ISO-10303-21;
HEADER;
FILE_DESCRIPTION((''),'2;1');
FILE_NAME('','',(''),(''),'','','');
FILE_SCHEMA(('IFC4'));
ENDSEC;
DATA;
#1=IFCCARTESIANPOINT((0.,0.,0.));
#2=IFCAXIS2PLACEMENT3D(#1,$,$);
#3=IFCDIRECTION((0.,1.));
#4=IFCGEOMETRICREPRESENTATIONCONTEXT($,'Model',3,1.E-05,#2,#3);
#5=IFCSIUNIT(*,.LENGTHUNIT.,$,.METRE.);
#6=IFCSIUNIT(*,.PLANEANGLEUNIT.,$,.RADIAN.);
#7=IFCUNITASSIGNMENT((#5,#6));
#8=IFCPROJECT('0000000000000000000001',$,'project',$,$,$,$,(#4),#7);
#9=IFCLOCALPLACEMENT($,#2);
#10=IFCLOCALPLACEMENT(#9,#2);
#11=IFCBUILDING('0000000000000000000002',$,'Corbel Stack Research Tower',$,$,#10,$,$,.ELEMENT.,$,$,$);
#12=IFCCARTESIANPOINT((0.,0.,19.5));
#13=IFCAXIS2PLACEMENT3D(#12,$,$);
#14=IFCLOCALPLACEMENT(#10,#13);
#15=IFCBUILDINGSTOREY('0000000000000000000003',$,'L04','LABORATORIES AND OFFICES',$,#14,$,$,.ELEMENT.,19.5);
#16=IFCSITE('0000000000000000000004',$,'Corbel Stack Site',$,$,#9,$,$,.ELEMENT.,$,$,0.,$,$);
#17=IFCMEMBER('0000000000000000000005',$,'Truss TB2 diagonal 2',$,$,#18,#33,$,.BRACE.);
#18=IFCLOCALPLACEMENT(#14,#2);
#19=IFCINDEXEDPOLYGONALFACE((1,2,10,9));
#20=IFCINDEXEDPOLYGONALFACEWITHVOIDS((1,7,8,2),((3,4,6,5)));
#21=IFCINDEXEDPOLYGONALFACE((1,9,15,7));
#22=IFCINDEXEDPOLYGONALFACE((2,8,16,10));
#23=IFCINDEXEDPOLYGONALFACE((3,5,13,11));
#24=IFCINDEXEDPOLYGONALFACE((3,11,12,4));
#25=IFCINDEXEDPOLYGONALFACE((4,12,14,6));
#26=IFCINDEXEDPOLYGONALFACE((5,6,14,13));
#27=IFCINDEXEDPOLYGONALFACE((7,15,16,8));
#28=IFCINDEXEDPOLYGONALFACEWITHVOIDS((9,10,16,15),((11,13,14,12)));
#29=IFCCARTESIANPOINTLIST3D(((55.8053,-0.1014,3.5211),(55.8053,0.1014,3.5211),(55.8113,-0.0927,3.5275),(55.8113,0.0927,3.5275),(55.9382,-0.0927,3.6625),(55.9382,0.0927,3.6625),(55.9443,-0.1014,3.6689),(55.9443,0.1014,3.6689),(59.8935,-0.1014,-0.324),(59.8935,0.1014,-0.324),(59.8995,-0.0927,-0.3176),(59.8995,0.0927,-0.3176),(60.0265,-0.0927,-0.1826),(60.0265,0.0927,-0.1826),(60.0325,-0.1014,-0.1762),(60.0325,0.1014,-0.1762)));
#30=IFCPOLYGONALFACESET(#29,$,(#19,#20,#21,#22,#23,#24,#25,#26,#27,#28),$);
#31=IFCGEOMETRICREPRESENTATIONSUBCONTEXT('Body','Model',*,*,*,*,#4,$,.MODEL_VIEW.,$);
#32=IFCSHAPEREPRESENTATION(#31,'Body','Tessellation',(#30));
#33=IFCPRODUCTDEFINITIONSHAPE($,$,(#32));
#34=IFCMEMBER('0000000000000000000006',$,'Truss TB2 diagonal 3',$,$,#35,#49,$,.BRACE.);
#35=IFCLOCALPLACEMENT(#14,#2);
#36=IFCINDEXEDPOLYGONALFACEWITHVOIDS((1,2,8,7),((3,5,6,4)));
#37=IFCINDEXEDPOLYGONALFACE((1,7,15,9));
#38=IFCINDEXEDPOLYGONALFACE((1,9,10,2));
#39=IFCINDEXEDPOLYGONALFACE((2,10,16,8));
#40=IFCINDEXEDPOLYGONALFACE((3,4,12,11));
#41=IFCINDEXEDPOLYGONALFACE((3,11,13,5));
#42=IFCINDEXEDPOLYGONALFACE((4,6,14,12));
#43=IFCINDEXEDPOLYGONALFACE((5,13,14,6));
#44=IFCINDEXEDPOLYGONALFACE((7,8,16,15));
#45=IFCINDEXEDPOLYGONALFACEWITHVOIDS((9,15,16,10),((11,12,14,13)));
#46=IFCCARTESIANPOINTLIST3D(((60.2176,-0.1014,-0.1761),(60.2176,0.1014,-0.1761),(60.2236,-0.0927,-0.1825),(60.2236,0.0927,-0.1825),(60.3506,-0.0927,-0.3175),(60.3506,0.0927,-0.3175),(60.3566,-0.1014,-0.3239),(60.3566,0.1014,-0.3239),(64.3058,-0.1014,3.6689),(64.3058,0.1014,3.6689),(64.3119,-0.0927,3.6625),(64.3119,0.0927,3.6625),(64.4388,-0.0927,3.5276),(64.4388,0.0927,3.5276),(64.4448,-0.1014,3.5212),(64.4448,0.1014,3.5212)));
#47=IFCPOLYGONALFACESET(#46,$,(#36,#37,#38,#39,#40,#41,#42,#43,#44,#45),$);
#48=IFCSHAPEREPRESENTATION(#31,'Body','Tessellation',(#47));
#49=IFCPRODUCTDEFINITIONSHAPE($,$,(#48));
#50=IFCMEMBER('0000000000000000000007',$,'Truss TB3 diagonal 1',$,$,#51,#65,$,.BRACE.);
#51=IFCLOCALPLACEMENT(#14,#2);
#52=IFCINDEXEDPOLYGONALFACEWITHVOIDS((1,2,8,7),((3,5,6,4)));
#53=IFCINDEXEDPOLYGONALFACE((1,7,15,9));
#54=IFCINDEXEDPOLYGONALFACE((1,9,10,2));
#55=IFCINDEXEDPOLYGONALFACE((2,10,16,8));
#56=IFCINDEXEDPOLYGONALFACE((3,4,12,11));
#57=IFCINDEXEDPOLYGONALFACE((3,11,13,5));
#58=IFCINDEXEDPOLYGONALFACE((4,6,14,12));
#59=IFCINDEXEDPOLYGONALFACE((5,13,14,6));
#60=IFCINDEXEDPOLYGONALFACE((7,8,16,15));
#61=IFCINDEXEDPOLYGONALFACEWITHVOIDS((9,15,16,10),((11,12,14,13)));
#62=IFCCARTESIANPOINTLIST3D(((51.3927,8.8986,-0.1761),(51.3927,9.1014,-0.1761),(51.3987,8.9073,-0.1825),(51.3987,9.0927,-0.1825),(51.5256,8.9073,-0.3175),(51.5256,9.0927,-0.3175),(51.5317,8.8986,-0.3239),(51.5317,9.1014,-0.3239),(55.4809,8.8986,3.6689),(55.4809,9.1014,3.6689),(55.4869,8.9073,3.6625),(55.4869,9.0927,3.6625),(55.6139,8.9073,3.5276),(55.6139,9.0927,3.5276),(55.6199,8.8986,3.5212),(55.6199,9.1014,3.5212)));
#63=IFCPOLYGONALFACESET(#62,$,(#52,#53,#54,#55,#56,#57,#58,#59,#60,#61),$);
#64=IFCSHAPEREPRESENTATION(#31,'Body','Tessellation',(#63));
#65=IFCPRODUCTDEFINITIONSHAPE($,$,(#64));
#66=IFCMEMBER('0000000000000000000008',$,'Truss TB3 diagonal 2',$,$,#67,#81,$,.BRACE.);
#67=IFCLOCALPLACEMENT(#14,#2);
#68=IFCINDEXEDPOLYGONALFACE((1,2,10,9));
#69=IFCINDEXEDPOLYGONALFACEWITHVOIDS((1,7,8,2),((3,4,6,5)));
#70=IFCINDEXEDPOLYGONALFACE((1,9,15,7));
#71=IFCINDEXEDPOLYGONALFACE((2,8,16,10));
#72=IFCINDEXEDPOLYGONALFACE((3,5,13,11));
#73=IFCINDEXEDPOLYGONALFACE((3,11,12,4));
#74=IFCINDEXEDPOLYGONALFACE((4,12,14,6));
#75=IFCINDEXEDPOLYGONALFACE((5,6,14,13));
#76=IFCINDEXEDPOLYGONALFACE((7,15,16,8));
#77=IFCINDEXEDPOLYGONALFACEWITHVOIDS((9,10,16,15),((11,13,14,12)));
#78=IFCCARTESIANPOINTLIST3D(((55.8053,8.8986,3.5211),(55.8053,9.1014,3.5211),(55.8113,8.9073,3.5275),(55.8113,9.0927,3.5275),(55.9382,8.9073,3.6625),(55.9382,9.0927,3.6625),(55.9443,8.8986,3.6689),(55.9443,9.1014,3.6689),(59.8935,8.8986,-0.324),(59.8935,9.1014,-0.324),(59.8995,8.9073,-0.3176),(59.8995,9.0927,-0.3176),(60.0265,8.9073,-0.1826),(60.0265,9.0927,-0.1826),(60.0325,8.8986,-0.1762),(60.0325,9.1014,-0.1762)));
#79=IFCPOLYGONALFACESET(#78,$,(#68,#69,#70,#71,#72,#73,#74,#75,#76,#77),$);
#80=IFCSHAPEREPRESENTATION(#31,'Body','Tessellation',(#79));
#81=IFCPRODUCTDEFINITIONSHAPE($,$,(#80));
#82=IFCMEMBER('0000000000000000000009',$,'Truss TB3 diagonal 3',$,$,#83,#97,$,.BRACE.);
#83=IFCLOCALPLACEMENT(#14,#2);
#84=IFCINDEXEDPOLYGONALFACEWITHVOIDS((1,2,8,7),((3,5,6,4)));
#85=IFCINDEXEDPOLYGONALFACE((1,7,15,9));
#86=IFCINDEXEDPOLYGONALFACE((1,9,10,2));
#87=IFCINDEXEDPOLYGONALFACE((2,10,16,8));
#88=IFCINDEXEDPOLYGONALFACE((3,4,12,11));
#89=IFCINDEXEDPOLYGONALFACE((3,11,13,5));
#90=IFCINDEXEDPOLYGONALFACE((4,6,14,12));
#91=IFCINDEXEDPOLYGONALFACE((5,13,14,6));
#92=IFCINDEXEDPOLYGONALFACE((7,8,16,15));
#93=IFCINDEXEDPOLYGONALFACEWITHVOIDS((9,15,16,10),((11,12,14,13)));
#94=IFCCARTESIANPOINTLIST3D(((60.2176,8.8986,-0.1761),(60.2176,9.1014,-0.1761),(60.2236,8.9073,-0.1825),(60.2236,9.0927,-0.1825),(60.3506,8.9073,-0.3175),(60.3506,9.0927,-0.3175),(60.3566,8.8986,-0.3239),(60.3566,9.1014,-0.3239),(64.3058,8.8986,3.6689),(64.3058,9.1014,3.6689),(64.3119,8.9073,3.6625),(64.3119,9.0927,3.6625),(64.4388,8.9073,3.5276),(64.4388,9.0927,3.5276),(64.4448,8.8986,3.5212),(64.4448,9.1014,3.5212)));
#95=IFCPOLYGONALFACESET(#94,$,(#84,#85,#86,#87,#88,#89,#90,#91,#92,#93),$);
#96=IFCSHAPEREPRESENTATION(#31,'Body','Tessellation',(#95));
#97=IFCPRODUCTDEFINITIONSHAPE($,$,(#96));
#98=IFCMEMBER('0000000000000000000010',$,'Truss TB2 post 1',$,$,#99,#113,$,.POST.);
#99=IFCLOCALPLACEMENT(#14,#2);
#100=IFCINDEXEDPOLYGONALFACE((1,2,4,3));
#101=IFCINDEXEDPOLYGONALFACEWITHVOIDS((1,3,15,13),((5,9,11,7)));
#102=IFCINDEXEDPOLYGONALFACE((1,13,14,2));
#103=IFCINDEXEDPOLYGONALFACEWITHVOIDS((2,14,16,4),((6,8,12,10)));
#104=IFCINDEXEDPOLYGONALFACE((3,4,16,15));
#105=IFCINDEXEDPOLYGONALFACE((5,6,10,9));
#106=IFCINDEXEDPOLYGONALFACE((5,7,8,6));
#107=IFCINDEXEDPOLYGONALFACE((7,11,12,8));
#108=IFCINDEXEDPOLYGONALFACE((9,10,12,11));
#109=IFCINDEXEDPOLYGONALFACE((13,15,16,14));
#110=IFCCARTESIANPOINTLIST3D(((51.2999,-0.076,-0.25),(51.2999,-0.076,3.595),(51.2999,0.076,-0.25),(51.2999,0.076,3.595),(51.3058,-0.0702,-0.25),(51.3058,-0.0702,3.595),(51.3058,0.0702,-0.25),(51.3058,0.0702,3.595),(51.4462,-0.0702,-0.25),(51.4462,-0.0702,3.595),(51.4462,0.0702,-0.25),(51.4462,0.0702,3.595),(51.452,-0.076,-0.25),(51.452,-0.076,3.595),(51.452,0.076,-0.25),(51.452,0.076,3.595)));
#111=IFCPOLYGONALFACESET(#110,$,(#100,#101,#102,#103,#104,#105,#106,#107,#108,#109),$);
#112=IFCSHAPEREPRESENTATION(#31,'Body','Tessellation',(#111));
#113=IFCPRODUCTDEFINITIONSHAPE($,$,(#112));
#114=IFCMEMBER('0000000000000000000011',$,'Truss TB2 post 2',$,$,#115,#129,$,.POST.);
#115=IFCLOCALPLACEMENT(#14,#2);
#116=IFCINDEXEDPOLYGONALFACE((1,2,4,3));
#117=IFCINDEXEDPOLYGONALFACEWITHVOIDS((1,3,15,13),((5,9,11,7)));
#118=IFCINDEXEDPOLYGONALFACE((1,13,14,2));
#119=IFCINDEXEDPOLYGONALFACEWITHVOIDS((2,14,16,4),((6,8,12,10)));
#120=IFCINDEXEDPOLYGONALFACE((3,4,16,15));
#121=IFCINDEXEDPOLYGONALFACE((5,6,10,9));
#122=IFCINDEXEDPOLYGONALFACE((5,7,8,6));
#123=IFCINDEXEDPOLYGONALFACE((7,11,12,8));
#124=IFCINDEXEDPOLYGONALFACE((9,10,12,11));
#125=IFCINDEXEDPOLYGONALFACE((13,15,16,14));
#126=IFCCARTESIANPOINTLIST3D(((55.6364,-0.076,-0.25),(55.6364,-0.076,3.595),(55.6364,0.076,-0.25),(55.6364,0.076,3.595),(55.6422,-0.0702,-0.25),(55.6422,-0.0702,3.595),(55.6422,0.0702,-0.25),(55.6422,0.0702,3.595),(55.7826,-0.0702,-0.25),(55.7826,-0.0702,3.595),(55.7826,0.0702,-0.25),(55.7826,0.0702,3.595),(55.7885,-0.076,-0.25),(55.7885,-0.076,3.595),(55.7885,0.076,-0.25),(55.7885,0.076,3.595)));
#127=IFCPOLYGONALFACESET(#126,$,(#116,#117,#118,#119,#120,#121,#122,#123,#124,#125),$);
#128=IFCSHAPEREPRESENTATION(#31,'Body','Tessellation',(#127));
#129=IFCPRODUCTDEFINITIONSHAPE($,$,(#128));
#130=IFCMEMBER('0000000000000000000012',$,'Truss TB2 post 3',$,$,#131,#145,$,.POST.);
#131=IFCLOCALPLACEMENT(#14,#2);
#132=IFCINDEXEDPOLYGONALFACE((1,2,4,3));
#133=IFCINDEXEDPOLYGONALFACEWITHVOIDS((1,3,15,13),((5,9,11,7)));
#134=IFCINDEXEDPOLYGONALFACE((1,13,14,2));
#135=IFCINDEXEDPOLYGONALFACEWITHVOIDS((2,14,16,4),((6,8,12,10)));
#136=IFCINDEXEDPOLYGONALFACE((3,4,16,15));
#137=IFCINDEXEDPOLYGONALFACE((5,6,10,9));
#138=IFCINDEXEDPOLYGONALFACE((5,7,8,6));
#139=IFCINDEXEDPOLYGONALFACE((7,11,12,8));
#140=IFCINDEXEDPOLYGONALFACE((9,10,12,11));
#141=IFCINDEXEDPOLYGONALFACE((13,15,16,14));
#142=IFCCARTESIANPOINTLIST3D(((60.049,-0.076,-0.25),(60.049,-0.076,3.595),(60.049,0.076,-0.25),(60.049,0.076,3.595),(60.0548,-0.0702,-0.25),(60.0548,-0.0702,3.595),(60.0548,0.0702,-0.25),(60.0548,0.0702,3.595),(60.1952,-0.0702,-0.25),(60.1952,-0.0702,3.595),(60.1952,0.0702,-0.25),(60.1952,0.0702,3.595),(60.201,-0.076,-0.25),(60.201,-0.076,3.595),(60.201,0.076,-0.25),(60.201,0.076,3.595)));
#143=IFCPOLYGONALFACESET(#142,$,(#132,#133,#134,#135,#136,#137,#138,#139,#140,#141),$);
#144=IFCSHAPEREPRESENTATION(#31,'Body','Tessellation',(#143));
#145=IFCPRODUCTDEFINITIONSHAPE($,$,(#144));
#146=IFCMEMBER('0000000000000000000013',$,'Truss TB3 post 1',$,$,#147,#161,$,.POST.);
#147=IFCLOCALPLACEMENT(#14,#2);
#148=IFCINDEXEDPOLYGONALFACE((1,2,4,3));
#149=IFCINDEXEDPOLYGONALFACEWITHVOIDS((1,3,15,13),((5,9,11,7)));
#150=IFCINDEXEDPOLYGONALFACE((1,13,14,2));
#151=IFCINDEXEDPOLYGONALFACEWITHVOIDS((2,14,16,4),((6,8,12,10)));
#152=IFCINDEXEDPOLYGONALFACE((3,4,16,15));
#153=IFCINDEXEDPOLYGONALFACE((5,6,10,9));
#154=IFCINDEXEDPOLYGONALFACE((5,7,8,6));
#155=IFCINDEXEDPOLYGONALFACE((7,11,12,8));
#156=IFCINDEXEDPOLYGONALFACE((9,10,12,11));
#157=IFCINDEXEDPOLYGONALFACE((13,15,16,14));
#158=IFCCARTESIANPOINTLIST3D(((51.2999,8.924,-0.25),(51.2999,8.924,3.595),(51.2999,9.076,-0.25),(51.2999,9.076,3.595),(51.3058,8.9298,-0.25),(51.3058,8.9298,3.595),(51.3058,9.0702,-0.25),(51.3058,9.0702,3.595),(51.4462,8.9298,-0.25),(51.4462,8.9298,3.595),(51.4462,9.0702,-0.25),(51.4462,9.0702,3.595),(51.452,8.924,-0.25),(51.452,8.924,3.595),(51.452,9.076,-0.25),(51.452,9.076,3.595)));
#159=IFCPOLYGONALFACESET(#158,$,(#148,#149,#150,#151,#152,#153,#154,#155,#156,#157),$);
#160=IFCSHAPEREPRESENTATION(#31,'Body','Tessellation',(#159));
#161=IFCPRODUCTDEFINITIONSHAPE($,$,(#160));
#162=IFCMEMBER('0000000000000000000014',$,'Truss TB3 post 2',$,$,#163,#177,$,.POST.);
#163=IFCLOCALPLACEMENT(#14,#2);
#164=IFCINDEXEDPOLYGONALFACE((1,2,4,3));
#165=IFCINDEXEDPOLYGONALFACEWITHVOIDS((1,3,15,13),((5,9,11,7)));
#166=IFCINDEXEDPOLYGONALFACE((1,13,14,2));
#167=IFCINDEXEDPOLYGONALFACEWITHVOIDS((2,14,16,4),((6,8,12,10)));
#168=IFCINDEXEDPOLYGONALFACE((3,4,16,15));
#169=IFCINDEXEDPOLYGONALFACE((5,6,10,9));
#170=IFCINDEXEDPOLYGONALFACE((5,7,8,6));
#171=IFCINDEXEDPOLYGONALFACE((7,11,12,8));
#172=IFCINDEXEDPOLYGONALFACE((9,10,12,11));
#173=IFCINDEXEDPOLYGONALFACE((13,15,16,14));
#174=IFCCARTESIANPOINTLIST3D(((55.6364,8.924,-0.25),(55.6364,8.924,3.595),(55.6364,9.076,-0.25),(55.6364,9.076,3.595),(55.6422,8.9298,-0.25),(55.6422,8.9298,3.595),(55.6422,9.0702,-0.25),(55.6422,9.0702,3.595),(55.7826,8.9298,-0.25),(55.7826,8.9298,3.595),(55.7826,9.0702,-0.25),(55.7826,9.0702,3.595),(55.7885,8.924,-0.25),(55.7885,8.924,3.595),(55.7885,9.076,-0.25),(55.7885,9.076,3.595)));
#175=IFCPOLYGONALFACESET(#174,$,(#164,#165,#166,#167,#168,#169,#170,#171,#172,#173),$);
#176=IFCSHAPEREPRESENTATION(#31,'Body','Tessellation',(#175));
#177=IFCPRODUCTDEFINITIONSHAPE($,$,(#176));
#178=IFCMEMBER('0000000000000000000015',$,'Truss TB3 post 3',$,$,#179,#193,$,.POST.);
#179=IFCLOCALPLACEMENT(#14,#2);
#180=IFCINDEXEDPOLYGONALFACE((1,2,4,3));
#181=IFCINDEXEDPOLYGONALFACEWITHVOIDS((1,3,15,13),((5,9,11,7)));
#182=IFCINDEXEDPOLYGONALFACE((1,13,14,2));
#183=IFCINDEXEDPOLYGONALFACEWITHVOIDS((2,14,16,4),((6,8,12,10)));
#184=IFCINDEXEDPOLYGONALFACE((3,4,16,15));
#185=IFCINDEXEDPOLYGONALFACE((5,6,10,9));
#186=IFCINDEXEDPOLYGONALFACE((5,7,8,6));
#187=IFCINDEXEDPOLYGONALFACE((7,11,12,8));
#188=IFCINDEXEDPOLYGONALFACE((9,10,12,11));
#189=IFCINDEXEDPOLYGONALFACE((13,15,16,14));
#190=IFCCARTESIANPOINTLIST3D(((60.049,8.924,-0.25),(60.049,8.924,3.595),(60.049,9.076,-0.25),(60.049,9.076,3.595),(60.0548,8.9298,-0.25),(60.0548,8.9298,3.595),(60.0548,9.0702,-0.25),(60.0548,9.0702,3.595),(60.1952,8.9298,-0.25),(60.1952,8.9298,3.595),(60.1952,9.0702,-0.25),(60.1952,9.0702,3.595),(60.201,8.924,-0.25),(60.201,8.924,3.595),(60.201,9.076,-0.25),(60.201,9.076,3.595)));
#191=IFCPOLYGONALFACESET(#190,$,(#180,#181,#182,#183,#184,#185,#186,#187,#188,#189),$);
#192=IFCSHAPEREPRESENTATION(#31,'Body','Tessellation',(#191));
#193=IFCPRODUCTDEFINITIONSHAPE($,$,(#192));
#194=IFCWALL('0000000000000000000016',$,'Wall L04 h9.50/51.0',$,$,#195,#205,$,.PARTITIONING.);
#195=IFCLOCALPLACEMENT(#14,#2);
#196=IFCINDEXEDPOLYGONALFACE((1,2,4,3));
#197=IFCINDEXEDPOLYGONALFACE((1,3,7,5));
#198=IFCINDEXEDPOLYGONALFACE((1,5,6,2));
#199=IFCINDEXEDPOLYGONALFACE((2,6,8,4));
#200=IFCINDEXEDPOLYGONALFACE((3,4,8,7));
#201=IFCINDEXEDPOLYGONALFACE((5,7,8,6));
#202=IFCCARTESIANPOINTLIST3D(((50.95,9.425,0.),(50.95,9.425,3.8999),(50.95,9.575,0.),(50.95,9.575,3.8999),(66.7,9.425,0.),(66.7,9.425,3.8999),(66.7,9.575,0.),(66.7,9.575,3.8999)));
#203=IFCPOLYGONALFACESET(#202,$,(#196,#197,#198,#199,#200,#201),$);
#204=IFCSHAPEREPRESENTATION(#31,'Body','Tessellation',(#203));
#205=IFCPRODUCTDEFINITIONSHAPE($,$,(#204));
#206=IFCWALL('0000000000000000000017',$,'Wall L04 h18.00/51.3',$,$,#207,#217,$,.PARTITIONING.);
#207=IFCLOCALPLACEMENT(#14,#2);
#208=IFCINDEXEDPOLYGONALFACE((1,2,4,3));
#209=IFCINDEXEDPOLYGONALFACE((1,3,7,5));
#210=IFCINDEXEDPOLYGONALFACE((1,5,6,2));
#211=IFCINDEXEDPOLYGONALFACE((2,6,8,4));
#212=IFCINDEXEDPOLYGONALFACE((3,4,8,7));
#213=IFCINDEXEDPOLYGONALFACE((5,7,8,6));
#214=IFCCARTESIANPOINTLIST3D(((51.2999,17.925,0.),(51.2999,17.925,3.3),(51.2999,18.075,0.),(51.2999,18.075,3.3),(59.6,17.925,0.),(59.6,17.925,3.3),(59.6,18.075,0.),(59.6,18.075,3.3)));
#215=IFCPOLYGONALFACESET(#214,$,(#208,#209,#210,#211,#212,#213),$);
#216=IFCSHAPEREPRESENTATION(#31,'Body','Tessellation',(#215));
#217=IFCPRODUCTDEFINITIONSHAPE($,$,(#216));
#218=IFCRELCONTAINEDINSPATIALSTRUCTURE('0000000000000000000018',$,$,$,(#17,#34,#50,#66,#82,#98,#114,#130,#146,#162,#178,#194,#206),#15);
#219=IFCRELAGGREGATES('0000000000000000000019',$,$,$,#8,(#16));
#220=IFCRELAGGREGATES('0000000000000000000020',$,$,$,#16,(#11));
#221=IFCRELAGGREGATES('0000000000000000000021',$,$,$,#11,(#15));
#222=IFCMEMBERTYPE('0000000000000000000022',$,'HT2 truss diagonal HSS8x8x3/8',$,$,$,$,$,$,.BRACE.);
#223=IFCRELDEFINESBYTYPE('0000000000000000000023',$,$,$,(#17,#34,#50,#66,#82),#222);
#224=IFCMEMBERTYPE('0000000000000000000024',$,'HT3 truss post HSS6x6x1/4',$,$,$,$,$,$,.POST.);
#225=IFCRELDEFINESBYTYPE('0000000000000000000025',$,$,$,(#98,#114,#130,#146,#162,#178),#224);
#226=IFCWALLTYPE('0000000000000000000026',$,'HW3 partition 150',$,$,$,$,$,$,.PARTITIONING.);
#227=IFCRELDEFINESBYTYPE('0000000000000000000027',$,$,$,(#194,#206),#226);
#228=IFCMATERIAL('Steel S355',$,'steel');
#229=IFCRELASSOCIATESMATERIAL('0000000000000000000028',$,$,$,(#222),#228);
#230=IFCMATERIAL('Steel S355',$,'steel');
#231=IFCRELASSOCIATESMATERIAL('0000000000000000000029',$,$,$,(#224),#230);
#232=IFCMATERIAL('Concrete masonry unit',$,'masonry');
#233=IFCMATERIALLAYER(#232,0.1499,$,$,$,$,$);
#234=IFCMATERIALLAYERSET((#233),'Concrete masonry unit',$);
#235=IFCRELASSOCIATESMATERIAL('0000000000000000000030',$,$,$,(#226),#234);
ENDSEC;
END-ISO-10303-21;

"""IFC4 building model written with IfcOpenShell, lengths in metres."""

from ifc_helpers import new_model, si_unit, direction, frame, frame_2d, origin, origin_2d, place, context, subcontext, project, spatial, rectangle, hollow_rectangle, extrude, material, layer, layer_set, material_profile, profile_set, type_object, element, save


model = new_model("IFC4")

# Units and contexts
model_context = context("Model", 3, precision=1e-05, world=origin(), true_north=direction((0.0, 1.0)))
body_context = subcontext(model_context, "Body", "Model", "MODEL_VIEW")
ifc_project = project(units=[si_unit("LENGTHUNIT", "METRE"), si_unit("PLANEANGLEUNIT", "RADIAN")], contexts=[model_context])

# Site, building, storey
site_placement = place(None, origin())
site = spatial("IfcSite", under=ifc_project, at=site_placement, Name="Corbel Stack Site", CompositionType="ELEMENT", RefElevation=0.0)
building_placement = place(site_placement, origin())
building = spatial("IfcBuilding", under=site, at=building_placement, Name="Corbel Stack Research Tower", CompositionType="ELEMENT")
storey_placement = place(building_placement, frame((0.0, 0.0, 19.5)))
storey = spatial("IfcBuildingStorey", under=building, at=storey_placement, Name="L04", Description="LABORATORIES AND OFFICES", CompositionType="ELEMENT", Elevation=19.5)

# Members
ifc_material_1 = material(Name="Steel S355", Category="steel")
ifc_material_profile_1 = material_profile(ifc_material_1, hollow_rectangle(XDim=0.2029, YDim=0.2029, WallThickness=0.0088, at=origin_2d()), Name="HSS8x8x3/8")
ifc_profile_set_1 = profile_set([ifc_material_profile_1], Name="Steel S355")
member_type_1 = type_object("IfcMemberType", Name="HT2 truss diagonal HSS8x8x3/8", PredefinedType="BRACE", material=ifc_profile_set_1)
for number, where, z_axis, x_axis, name in (
    (1, (55.8748, 0.0, 3.595), (0.728439, 0.0, -0.685111), (0.0, 1.0, 0.0), "Truss TB2 diagonal 2"),
    (2, (60.2871, 0.0, -0.25), (0.728439, 0.0, 0.685111), (0.0, 1.0, 0.0), "Truss TB2 diagonal 3"),
    (3, (51.4622, 9.0, -0.25), (0.728439, 0.0, 0.685111), (0.0, 1.0, 0.0), "Truss TB3 diagonal 1"),
    (4, (55.8748, 9.0, 3.595), (0.728439, 0.0, -0.685111), (0.0, 1.0, 0.0), "Truss TB3 diagonal 2"),
    (5, (60.2871, 9.0, -0.25), (0.728439, 0.0, 0.685111), (0.0, 1.0, 0.0), "Truss TB3 diagonal 3"),
):
    element("IfcMember", number, at=place(storey_placement, frame(where, z_axis=z_axis, x_axis=x_axis)), inside=storey, type_object=member_type_1, Name=name, PredefinedType="BRACE", context=body_context, shape_type="SweptSolid", body=[
        extrude(hollow_rectangle(XDim=0.2029, YDim=0.2029, WallThickness=0.0088, at=origin_2d()), origin(), (0.0, 0.0, 1.0), 5.6123),
    ])
ifc_material_2 = material(Name="Steel S355", Category="steel")
ifc_material_profile_2 = material_profile(ifc_material_2, hollow_rectangle(XDim=0.1521, YDim=0.1521, WallThickness=0.0059, at=origin_2d()), Name="HSS6x6x1/4")
ifc_profile_set_2 = profile_set([ifc_material_profile_2], Name="Steel S355")
member_type_2 = type_object("IfcMemberType", Name="HT3 truss post HSS6x6x1/4", PredefinedType="POST", material=ifc_profile_set_2)
for number, where, z_axis, x_axis, name in (
    (6, (51.376, 0.0, -0.25), (0.0, 0.0, 1.0), (1.0, 0.0, 0.0), "Truss TB2 post 1"),
    (7, (55.7124, 0.0, -0.25), (0.0, 0.0, 1.0), (1.0, 0.0, 0.0), "Truss TB2 post 2"),
    (8, (60.125, 0.0, -0.25), (0.0, 0.0, 1.0), (1.0, 0.0, 0.0), "Truss TB2 post 3"),
    (9, (51.376, 9.0, -0.25), (0.0, 0.0, 1.0), (1.0, 0.0, 0.0), "Truss TB3 post 1"),
    (10, (55.7124, 9.0, -0.25), (0.0, 0.0, 1.0), (1.0, 0.0, 0.0), "Truss TB3 post 2"),
    (11, (60.125, 9.0, -0.25), (0.0, 0.0, 1.0), (1.0, 0.0, 0.0), "Truss TB3 post 3"),
):
    element("IfcMember", number, at=place(storey_placement, frame(where, z_axis=z_axis, x_axis=x_axis)), inside=storey, type_object=member_type_2, Name=name, PredefinedType="POST", context=body_context, shape_type="SweptSolid", body=[
        extrude(hollow_rectangle(XDim=0.1521, YDim=0.1521, WallThickness=0.0059, at=origin_2d()), origin(), (0.0, 0.0, 1.0), 3.845),
    ])

# Walls
ifc_material_3 = material(Name="Concrete masonry unit", Category="masonry")
ifc_layer = layer(ifc_material_3, 0.1499)
ifc_layer_set = layer_set([ifc_layer], Name="Concrete masonry unit")
wall_type = type_object("IfcWallType", Name="HW3 partition 150", PredefinedType="PARTITIONING", material=ifc_layer_set)
wall_1_placement = place(storey_placement, frame((50.95, 9.5, 0.0), z_axis=(0.0, 0.0, 1.0), x_axis=(1.0, 0.0, 0.0)))
element("IfcWall", 12, at=wall_1_placement, inside=storey, type_object=wall_type, Name="Wall L04 h9.50/51.0", PredefinedType="PARTITIONING", context=body_context, shape_type="SweptSolid", body=[
    extrude(rectangle(XDim=15.75, YDim=0.1499, at=frame_2d((7.875, 0.0))), origin(), (0.0, 0.0, 1.0), 3.8999),
])
wall_2_placement = place(storey_placement, frame((51.3, 18.0, 0.0), z_axis=(0.0, 0.0, 1.0), x_axis=(1.0, 0.0, 0.0)))
element("IfcWall", 13, at=wall_2_placement, inside=storey, type_object=wall_type, Name="Wall L04 h18.00/51.3", PredefinedType="PARTITIONING", context=body_context, shape_type="SweptSolid", body=[
    extrude(rectangle(XDim=8.3, YDim=0.1499, at=frame_2d((4.1499, 0.0))), origin(), (0.0, 0.0, 1.0), 3.3),
])

save(model, "model.ifc")
